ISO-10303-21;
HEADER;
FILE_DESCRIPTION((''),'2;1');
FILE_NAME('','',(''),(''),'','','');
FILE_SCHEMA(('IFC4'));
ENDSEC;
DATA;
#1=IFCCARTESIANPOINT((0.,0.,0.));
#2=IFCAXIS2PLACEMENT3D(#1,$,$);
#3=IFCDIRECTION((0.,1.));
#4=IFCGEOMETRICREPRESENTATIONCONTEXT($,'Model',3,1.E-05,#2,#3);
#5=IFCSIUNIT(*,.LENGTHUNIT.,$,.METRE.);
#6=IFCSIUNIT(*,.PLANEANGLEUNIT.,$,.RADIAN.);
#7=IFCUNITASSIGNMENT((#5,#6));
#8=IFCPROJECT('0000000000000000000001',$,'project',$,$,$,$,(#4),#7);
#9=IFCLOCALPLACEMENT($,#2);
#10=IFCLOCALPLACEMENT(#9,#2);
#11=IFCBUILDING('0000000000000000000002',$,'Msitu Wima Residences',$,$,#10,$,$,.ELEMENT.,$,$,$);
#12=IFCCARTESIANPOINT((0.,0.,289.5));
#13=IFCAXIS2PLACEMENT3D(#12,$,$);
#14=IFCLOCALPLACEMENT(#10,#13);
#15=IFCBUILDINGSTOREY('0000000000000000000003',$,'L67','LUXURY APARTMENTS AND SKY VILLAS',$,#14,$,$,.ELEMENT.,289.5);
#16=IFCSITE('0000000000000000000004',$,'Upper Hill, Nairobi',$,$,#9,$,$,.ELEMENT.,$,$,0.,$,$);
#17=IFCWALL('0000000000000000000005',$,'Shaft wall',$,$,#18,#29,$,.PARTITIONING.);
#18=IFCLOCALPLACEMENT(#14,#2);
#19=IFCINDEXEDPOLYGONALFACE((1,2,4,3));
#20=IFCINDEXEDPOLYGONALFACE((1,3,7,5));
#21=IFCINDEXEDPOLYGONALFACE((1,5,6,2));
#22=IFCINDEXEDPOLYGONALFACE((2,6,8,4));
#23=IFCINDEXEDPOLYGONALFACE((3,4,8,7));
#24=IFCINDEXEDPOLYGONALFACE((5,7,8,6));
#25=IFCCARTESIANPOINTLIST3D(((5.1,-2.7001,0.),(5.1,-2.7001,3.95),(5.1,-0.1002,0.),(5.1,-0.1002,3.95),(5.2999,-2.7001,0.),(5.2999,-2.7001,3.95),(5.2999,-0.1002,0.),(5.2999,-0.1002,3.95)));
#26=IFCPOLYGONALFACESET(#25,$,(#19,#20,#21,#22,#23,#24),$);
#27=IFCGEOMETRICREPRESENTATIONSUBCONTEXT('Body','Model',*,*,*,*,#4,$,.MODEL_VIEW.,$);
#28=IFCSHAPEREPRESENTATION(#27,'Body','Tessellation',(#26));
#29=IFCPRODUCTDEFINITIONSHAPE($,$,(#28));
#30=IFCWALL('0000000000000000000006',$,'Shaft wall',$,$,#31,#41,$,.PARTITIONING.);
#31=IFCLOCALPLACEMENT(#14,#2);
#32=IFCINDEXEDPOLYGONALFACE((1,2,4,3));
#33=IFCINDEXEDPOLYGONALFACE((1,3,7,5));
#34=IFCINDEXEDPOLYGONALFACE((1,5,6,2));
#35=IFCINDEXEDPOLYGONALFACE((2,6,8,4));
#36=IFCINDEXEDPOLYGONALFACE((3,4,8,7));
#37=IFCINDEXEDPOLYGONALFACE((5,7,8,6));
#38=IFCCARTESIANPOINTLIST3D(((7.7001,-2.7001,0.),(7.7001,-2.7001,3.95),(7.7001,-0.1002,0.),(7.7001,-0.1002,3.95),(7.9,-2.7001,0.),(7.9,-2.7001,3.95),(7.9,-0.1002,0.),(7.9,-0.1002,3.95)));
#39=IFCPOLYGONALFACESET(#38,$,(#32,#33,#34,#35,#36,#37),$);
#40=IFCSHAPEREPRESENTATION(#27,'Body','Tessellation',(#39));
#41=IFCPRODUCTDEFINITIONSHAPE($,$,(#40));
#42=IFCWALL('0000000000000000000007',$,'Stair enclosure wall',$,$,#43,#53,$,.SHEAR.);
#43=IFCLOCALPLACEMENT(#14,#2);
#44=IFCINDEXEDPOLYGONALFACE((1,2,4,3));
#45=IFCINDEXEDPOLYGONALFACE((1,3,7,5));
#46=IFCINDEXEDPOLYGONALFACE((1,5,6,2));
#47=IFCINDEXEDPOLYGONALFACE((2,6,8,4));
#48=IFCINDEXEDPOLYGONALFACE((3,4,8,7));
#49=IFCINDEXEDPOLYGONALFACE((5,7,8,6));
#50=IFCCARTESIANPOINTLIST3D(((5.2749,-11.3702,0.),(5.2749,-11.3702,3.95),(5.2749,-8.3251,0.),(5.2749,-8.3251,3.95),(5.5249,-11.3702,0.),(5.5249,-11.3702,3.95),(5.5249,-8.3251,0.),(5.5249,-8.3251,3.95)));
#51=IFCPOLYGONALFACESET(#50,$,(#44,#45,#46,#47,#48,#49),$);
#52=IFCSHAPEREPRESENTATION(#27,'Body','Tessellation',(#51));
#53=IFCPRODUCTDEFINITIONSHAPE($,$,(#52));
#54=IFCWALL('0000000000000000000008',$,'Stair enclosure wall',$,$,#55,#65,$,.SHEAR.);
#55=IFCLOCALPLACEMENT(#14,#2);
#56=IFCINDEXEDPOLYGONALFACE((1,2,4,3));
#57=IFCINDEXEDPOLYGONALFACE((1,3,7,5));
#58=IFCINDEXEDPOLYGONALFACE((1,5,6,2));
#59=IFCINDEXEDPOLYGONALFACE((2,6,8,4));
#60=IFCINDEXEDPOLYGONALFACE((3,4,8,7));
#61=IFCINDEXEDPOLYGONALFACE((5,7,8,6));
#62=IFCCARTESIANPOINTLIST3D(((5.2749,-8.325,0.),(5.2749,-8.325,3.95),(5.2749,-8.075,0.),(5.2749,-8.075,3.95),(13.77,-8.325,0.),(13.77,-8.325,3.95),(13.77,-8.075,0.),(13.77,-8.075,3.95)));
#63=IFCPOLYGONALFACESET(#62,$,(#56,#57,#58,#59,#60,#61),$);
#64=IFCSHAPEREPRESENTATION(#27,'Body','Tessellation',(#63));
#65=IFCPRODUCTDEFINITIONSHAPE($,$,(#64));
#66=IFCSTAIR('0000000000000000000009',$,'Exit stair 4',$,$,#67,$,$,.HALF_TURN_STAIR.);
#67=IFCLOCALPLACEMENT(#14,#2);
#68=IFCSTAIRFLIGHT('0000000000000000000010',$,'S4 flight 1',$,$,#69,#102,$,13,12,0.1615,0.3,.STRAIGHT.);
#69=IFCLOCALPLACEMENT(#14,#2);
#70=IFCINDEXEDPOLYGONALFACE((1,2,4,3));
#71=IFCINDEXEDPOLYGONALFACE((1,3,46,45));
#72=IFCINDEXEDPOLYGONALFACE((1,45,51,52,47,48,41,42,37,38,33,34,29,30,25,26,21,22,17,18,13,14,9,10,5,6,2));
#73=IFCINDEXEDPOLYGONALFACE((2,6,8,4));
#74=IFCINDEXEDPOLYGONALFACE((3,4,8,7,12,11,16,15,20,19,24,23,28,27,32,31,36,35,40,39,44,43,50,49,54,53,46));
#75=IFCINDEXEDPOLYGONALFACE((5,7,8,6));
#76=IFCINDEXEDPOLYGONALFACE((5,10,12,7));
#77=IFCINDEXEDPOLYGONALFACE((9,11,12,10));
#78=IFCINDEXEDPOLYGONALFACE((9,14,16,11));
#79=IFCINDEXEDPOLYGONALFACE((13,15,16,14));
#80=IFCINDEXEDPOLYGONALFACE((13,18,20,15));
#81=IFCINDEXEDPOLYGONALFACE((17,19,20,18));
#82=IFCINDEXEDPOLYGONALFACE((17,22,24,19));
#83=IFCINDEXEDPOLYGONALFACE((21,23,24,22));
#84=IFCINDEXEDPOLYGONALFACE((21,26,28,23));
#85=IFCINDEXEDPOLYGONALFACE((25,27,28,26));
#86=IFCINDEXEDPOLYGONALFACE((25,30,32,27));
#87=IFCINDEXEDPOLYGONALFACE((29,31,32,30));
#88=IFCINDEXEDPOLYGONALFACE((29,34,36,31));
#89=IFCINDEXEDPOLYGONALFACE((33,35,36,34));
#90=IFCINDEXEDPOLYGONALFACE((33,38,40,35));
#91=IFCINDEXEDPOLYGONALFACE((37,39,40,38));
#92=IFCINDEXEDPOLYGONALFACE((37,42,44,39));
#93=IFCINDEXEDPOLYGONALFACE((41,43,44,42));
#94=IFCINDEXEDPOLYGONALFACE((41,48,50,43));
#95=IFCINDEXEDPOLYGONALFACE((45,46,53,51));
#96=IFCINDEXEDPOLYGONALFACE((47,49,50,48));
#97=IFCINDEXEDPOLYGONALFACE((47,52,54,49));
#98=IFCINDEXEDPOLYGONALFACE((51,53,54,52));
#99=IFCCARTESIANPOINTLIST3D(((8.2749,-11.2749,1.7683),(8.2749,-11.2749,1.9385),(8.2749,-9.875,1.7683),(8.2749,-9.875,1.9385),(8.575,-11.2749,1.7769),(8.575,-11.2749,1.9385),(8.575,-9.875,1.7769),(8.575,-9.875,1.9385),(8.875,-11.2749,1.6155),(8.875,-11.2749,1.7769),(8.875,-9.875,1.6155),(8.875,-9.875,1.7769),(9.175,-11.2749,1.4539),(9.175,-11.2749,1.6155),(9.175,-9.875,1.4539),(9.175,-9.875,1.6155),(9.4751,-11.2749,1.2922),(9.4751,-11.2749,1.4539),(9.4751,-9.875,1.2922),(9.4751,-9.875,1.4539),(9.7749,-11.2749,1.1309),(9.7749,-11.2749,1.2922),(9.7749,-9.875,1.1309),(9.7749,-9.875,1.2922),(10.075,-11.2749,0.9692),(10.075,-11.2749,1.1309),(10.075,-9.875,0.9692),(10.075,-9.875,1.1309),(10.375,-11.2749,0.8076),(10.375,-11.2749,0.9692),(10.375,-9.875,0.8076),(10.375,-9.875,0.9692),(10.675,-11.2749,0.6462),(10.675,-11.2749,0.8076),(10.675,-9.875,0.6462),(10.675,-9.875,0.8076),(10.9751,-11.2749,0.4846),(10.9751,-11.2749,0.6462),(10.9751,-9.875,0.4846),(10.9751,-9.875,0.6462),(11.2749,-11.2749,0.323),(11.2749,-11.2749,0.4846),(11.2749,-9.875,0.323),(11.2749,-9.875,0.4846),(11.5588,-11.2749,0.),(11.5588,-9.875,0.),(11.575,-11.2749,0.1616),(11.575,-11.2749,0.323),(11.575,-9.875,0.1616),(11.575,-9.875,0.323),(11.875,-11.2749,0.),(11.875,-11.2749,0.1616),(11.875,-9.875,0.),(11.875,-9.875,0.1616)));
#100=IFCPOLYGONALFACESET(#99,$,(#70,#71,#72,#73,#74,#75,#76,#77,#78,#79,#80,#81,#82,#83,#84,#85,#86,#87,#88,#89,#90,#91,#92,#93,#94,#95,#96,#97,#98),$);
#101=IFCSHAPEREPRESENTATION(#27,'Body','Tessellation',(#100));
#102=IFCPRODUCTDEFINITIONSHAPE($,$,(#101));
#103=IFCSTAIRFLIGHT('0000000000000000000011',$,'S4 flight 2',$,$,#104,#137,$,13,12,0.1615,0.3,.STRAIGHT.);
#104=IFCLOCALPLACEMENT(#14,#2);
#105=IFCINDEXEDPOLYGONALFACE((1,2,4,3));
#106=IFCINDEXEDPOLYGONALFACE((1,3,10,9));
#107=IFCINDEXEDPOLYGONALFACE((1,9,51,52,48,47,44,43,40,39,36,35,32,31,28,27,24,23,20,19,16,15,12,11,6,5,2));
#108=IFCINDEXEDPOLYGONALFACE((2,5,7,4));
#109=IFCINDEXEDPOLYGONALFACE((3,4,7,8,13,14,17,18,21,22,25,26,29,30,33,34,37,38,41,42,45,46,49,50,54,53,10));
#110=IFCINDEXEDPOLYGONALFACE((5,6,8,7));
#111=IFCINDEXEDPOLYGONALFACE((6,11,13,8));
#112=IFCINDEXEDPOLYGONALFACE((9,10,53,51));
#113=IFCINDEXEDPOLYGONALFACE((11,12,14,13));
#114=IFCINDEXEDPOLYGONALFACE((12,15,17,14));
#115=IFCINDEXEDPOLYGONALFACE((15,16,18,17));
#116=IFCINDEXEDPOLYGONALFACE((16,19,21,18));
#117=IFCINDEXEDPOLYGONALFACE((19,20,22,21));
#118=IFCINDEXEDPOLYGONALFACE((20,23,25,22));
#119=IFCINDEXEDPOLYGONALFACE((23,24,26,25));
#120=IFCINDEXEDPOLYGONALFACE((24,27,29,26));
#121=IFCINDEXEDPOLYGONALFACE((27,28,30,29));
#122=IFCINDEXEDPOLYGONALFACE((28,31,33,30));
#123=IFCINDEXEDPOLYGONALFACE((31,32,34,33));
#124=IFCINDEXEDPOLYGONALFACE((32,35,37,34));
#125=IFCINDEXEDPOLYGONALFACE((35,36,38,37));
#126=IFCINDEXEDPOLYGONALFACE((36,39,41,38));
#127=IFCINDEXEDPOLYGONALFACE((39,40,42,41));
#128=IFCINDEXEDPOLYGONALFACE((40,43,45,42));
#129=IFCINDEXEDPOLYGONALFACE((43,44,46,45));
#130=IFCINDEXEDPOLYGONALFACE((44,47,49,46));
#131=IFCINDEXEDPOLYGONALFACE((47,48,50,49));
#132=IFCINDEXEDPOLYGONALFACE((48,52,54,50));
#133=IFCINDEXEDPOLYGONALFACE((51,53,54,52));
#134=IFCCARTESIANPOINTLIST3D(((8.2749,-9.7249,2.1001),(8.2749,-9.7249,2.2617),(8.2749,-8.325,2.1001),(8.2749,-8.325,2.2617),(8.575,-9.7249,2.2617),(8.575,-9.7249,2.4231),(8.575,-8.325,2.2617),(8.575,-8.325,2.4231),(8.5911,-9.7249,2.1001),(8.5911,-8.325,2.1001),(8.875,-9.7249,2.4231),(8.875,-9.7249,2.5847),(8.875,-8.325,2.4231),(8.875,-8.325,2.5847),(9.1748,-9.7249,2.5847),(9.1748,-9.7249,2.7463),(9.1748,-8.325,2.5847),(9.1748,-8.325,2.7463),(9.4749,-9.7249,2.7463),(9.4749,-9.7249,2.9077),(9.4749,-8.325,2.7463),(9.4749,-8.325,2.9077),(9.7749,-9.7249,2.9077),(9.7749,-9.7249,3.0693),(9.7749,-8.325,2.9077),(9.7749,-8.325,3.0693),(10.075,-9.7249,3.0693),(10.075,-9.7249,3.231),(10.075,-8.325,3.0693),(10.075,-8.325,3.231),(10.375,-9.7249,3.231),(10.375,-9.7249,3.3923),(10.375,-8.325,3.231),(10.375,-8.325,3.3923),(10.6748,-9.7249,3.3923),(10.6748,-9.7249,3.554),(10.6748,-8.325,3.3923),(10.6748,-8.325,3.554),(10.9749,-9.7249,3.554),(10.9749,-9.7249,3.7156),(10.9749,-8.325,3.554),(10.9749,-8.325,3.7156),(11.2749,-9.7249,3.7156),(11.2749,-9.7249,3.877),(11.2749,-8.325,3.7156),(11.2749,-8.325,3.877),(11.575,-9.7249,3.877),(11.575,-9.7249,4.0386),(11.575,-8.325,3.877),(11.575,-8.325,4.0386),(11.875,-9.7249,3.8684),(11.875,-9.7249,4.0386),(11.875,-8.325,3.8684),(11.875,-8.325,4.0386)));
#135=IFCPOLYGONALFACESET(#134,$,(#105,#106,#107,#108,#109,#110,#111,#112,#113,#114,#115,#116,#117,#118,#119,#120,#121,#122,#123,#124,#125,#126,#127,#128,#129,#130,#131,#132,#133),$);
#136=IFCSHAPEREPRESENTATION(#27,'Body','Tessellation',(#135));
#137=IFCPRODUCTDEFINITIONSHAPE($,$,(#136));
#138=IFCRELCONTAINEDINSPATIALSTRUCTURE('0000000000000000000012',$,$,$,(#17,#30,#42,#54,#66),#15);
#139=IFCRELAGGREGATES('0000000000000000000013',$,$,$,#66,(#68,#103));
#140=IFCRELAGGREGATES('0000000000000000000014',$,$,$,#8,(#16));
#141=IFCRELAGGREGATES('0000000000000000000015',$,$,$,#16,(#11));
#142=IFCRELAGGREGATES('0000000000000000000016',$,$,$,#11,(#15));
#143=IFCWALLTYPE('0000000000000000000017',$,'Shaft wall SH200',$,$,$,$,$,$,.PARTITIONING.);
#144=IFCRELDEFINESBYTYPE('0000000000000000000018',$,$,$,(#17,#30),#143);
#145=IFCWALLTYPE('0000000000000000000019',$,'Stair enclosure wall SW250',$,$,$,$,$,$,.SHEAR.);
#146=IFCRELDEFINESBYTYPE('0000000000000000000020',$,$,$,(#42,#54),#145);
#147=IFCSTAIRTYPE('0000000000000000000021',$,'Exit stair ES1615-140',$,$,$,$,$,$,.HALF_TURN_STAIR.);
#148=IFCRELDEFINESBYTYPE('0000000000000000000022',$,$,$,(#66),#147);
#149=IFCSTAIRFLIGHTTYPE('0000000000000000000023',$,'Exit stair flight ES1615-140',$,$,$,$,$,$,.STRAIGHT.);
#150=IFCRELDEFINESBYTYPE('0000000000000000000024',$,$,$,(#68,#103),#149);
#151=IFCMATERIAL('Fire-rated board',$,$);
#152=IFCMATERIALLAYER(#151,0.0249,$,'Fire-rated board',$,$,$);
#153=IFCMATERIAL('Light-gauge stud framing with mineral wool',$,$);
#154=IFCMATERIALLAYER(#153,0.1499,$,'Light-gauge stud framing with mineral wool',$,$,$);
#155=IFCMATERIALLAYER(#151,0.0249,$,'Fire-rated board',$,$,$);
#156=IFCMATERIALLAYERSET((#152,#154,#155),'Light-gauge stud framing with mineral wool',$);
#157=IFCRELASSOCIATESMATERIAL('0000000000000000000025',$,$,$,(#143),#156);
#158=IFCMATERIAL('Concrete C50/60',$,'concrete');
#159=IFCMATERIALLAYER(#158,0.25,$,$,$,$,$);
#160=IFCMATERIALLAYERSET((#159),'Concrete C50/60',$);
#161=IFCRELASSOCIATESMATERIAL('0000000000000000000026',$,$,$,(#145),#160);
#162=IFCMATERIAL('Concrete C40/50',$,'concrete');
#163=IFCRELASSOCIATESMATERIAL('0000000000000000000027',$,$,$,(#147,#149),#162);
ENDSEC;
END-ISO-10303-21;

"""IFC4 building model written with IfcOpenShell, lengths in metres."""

from ifc_helpers import new_model, si_unit, direction, frame, frame_2d, origin, place, context, subcontext, project, spatial, polyline, rectangle, outline, extrude, material, layer, layer_set, type_object, element, aggregate, save


model = new_model("IFC4")

# Units and contexts
model_context = context("Model", 3, precision=1e-05, world=origin(), true_north=direction((0.0, 1.0)))
body_context = subcontext(model_context, "Body", "Model", "MODEL_VIEW")
ifc_project = project(units=[si_unit("LENGTHUNIT", "METRE"), si_unit("PLANEANGLEUNIT", "RADIAN")], contexts=[model_context])

# Site, building, storey
site_placement = place(None, origin())
site = spatial("IfcSite", under=ifc_project, at=site_placement, Name="Upper Hill, Nairobi", CompositionType="ELEMENT", RefElevation=0.0)
building_placement = place(site_placement, origin())
building = spatial("IfcBuilding", under=site, at=building_placement, Name="Msitu Wima Residences", CompositionType="ELEMENT")
storey_placement = place(building_placement, frame((0.0, 0.0, 289.5)))
storey = spatial("IfcBuildingStorey", under=building, at=storey_placement, Name="L67", Description="LUXURY APARTMENTS AND SKY VILLAS", CompositionType="ELEMENT", Elevation=289.5)

# Shared definitions
ifc_material_1 = material(Name="Concrete C40/50", Category="concrete")

# Walls
ifc_material_2 = material(Name="Fire-rated board")
ifc_layer_1 = layer(ifc_material_2, 0.0249, Name="Fire-rated board")
ifc_material_3 = material(Name="Light-gauge stud framing with mineral wool")
ifc_layer_2 = layer(ifc_material_3, 0.1499, Name="Light-gauge stud framing with mineral wool")
ifc_layer_3 = layer(ifc_material_2, 0.0249, Name="Fire-rated board")
ifc_layer_set_1 = layer_set([ifc_layer_1, ifc_layer_2, ifc_layer_3], Name="Light-gauge stud framing with mineral wool")
wall_type_1 = type_object("IfcWallType", Name="Shaft wall SH200", PredefinedType="PARTITIONING", material=ifc_layer_set_1)
for number, where, z_axis, x_axis, name in (
    (1, (5.2, -2.7, 0.0), (0.0, 0.0, 1.0), (0.0, 1.0, 0.0), "Shaft wall"),
    (2, (7.8, -2.7, 0.0), (0.0, 0.0, 1.0), (0.0, 1.0, 0.0), "Shaft wall"),
):
    element("IfcWall", number, at=place(storey_placement, frame(where, z_axis=z_axis, x_axis=x_axis)), inside=storey, type_object=wall_type_1, Name=name, PredefinedType="PARTITIONING", context=body_context, shape_type="SweptSolid", body=[
        extrude(rectangle(XDim=2.5999, YDim=0.2, at=frame_2d((1.2998, 0.0))), origin(), (0.0, 0.0, 1.0), 3.95),
    ])
ifc_material_4 = material(Name="Concrete C50/60", Category="concrete")
ifc_layer_4 = layer(ifc_material_4, 0.25)
ifc_layer_set_2 = layer_set([ifc_layer_4], Name="Concrete C50/60")
wall_type_2 = type_object("IfcWallType", Name="Stair enclosure wall SW250", PredefinedType="SHEAR", material=ifc_layer_set_2)
wall_1_placement = place(storey_placement, frame((5.3999, -11.3701, 0.0), z_axis=(0.0, 0.0, 1.0), x_axis=(0.0, 1.0, 0.0)))
element("IfcWall", 3, at=wall_1_placement, inside=storey, type_object=wall_type_2, Name="Stair enclosure wall", PredefinedType="SHEAR", context=body_context, shape_type="SweptSolid", body=[
    extrude(rectangle(XDim=3.0452, YDim=0.25, at=frame_2d((1.5225, 0.0))), origin(), (0.0, 0.0, 1.0), 3.95),
])
wall_2_placement = place(storey_placement, frame((5.2749, -8.2, 0.0), z_axis=(0.0, 0.0, 1.0), x_axis=(1.0, 0.0, 0.0)))
element("IfcWall", 4, at=wall_2_placement, inside=storey, type_object=wall_type_2, Name="Stair enclosure wall", PredefinedType="SHEAR", context=body_context, shape_type="SweptSolid", body=[
    extrude(rectangle(XDim=8.4951, YDim=0.25, at=frame_2d((4.2476, 0.0))), origin(), (0.0, 0.0, 1.0), 3.95),
])

# Stair, stair flights
stair_type = type_object("IfcStairType", Name="Exit stair ES1615-140", PredefinedType="HALF_TURN_STAIR", material=ifc_material_1)
stair_placement = place(storey_placement, origin())
stair = element("IfcStair", 5, at=stair_placement, inside=storey, type_object=stair_type, Name="Exit stair 4", PredefinedType="HALF_TURN_STAIR")
stair_flight_type = type_object("IfcStairFlightType", Name="Exit stair flight ES1615-140", PredefinedType="STRAIGHT", material=ifc_material_1)
stair_flight_1_placement = place(storey_placement, frame((11.875, -10.575, 0.0), z_axis=(0.0, 0.0, 1.0), x_axis=(-1.0, 0.0, 0.0)))
stair_flight_1 = element("IfcStairFlight", 6, at=stair_flight_1_placement, type_object=stair_flight_type, Name="S4 flight 1", NumberOfRisers=13, NumberOfTreads=12, PredefinedType="STRAIGHT", RiserHeight=0.1615, TreadLength=0.3, context=body_context, shape_type="SweptSolid", body=[
    extrude(outline(polyline([(0.0, 0.0), (0.0, 0.1616), (0.3, 0.1616), (0.3, 0.323), (0.6001, 0.323), (0.6001, 0.4846), (0.8999, 0.4846), (0.8999, 0.6462), (1.2, 0.6462), (1.2, 0.8076), (1.5, 0.8076), (1.5, 0.9692), (1.8, 0.9692), (1.8, 1.1309), (2.1001, 1.1309), (2.1001, 1.2922), (2.3999, 1.2922), (2.3999, 1.4539), (2.7, 1.4539), (2.7, 1.6155), (3.0, 1.6155), (3.0, 1.7769), (3.3, 1.7769), (3.3, 1.9385), (3.6001, 1.9385), (3.6001, 2.1001), (3.6001, 1.7683), (0.3162, 0.0), (0.0, 0.0)])), frame((0.0, 0.7, 0.0), z_axis=(0.0, -1.0, 0.0), x_axis=(1.0, 0.0, 0.0)), (0.0, 0.0, 1.0), 1.3999),
])
stair_flight_2_placement = place(storey_placement, frame((8.2749, -9.0249, 2.1001), z_axis=(0.0, 0.0, 1.0), x_axis=(1.0, 0.0, 0.0)))
stair_flight_2 = element("IfcStairFlight", 7, at=stair_flight_2_placement, type_object=stair_flight_type, Name="S4 flight 2", NumberOfRisers=13, NumberOfTreads=12, PredefinedType="STRAIGHT", RiserHeight=0.1615, TreadLength=0.3, context=body_context, shape_type="SweptSolid", body=[
    extrude(outline(polyline([(0.0, 0.0), (0.0, 0.1616), (0.3, 0.1616), (0.3, 0.323), (0.6001, 0.323), (0.6001, 0.4846), (0.8999, 0.4846), (0.8999, 0.6462), (1.2, 0.6462), (1.2, 0.8076), (1.5, 0.8076), (1.5, 0.9692), (1.8, 0.9692), (1.8, 1.1309), (2.1001, 1.1309), (2.1001, 1.2922), (2.3999, 1.2922), (2.3999, 1.4539), (2.7, 1.4539), (2.7, 1.6155), (3.0, 1.6155), (3.0, 1.7769), (3.3, 1.7769), (3.3, 1.9385), (3.6001, 1.9385), (3.6001, 2.1001), (3.6001, 1.7683), (0.3162, 0.0), (0.0, 0.0)])), frame((0.0, 0.7, 0.0), z_axis=(0.0, -1.0, 0.0), x_axis=(1.0, 0.0, 0.0)), (0.0, 0.0, 1.0), 1.3999),
])
aggregate(stair, [stair_flight_1, stair_flight_2])

save(model, "model.ifc")
